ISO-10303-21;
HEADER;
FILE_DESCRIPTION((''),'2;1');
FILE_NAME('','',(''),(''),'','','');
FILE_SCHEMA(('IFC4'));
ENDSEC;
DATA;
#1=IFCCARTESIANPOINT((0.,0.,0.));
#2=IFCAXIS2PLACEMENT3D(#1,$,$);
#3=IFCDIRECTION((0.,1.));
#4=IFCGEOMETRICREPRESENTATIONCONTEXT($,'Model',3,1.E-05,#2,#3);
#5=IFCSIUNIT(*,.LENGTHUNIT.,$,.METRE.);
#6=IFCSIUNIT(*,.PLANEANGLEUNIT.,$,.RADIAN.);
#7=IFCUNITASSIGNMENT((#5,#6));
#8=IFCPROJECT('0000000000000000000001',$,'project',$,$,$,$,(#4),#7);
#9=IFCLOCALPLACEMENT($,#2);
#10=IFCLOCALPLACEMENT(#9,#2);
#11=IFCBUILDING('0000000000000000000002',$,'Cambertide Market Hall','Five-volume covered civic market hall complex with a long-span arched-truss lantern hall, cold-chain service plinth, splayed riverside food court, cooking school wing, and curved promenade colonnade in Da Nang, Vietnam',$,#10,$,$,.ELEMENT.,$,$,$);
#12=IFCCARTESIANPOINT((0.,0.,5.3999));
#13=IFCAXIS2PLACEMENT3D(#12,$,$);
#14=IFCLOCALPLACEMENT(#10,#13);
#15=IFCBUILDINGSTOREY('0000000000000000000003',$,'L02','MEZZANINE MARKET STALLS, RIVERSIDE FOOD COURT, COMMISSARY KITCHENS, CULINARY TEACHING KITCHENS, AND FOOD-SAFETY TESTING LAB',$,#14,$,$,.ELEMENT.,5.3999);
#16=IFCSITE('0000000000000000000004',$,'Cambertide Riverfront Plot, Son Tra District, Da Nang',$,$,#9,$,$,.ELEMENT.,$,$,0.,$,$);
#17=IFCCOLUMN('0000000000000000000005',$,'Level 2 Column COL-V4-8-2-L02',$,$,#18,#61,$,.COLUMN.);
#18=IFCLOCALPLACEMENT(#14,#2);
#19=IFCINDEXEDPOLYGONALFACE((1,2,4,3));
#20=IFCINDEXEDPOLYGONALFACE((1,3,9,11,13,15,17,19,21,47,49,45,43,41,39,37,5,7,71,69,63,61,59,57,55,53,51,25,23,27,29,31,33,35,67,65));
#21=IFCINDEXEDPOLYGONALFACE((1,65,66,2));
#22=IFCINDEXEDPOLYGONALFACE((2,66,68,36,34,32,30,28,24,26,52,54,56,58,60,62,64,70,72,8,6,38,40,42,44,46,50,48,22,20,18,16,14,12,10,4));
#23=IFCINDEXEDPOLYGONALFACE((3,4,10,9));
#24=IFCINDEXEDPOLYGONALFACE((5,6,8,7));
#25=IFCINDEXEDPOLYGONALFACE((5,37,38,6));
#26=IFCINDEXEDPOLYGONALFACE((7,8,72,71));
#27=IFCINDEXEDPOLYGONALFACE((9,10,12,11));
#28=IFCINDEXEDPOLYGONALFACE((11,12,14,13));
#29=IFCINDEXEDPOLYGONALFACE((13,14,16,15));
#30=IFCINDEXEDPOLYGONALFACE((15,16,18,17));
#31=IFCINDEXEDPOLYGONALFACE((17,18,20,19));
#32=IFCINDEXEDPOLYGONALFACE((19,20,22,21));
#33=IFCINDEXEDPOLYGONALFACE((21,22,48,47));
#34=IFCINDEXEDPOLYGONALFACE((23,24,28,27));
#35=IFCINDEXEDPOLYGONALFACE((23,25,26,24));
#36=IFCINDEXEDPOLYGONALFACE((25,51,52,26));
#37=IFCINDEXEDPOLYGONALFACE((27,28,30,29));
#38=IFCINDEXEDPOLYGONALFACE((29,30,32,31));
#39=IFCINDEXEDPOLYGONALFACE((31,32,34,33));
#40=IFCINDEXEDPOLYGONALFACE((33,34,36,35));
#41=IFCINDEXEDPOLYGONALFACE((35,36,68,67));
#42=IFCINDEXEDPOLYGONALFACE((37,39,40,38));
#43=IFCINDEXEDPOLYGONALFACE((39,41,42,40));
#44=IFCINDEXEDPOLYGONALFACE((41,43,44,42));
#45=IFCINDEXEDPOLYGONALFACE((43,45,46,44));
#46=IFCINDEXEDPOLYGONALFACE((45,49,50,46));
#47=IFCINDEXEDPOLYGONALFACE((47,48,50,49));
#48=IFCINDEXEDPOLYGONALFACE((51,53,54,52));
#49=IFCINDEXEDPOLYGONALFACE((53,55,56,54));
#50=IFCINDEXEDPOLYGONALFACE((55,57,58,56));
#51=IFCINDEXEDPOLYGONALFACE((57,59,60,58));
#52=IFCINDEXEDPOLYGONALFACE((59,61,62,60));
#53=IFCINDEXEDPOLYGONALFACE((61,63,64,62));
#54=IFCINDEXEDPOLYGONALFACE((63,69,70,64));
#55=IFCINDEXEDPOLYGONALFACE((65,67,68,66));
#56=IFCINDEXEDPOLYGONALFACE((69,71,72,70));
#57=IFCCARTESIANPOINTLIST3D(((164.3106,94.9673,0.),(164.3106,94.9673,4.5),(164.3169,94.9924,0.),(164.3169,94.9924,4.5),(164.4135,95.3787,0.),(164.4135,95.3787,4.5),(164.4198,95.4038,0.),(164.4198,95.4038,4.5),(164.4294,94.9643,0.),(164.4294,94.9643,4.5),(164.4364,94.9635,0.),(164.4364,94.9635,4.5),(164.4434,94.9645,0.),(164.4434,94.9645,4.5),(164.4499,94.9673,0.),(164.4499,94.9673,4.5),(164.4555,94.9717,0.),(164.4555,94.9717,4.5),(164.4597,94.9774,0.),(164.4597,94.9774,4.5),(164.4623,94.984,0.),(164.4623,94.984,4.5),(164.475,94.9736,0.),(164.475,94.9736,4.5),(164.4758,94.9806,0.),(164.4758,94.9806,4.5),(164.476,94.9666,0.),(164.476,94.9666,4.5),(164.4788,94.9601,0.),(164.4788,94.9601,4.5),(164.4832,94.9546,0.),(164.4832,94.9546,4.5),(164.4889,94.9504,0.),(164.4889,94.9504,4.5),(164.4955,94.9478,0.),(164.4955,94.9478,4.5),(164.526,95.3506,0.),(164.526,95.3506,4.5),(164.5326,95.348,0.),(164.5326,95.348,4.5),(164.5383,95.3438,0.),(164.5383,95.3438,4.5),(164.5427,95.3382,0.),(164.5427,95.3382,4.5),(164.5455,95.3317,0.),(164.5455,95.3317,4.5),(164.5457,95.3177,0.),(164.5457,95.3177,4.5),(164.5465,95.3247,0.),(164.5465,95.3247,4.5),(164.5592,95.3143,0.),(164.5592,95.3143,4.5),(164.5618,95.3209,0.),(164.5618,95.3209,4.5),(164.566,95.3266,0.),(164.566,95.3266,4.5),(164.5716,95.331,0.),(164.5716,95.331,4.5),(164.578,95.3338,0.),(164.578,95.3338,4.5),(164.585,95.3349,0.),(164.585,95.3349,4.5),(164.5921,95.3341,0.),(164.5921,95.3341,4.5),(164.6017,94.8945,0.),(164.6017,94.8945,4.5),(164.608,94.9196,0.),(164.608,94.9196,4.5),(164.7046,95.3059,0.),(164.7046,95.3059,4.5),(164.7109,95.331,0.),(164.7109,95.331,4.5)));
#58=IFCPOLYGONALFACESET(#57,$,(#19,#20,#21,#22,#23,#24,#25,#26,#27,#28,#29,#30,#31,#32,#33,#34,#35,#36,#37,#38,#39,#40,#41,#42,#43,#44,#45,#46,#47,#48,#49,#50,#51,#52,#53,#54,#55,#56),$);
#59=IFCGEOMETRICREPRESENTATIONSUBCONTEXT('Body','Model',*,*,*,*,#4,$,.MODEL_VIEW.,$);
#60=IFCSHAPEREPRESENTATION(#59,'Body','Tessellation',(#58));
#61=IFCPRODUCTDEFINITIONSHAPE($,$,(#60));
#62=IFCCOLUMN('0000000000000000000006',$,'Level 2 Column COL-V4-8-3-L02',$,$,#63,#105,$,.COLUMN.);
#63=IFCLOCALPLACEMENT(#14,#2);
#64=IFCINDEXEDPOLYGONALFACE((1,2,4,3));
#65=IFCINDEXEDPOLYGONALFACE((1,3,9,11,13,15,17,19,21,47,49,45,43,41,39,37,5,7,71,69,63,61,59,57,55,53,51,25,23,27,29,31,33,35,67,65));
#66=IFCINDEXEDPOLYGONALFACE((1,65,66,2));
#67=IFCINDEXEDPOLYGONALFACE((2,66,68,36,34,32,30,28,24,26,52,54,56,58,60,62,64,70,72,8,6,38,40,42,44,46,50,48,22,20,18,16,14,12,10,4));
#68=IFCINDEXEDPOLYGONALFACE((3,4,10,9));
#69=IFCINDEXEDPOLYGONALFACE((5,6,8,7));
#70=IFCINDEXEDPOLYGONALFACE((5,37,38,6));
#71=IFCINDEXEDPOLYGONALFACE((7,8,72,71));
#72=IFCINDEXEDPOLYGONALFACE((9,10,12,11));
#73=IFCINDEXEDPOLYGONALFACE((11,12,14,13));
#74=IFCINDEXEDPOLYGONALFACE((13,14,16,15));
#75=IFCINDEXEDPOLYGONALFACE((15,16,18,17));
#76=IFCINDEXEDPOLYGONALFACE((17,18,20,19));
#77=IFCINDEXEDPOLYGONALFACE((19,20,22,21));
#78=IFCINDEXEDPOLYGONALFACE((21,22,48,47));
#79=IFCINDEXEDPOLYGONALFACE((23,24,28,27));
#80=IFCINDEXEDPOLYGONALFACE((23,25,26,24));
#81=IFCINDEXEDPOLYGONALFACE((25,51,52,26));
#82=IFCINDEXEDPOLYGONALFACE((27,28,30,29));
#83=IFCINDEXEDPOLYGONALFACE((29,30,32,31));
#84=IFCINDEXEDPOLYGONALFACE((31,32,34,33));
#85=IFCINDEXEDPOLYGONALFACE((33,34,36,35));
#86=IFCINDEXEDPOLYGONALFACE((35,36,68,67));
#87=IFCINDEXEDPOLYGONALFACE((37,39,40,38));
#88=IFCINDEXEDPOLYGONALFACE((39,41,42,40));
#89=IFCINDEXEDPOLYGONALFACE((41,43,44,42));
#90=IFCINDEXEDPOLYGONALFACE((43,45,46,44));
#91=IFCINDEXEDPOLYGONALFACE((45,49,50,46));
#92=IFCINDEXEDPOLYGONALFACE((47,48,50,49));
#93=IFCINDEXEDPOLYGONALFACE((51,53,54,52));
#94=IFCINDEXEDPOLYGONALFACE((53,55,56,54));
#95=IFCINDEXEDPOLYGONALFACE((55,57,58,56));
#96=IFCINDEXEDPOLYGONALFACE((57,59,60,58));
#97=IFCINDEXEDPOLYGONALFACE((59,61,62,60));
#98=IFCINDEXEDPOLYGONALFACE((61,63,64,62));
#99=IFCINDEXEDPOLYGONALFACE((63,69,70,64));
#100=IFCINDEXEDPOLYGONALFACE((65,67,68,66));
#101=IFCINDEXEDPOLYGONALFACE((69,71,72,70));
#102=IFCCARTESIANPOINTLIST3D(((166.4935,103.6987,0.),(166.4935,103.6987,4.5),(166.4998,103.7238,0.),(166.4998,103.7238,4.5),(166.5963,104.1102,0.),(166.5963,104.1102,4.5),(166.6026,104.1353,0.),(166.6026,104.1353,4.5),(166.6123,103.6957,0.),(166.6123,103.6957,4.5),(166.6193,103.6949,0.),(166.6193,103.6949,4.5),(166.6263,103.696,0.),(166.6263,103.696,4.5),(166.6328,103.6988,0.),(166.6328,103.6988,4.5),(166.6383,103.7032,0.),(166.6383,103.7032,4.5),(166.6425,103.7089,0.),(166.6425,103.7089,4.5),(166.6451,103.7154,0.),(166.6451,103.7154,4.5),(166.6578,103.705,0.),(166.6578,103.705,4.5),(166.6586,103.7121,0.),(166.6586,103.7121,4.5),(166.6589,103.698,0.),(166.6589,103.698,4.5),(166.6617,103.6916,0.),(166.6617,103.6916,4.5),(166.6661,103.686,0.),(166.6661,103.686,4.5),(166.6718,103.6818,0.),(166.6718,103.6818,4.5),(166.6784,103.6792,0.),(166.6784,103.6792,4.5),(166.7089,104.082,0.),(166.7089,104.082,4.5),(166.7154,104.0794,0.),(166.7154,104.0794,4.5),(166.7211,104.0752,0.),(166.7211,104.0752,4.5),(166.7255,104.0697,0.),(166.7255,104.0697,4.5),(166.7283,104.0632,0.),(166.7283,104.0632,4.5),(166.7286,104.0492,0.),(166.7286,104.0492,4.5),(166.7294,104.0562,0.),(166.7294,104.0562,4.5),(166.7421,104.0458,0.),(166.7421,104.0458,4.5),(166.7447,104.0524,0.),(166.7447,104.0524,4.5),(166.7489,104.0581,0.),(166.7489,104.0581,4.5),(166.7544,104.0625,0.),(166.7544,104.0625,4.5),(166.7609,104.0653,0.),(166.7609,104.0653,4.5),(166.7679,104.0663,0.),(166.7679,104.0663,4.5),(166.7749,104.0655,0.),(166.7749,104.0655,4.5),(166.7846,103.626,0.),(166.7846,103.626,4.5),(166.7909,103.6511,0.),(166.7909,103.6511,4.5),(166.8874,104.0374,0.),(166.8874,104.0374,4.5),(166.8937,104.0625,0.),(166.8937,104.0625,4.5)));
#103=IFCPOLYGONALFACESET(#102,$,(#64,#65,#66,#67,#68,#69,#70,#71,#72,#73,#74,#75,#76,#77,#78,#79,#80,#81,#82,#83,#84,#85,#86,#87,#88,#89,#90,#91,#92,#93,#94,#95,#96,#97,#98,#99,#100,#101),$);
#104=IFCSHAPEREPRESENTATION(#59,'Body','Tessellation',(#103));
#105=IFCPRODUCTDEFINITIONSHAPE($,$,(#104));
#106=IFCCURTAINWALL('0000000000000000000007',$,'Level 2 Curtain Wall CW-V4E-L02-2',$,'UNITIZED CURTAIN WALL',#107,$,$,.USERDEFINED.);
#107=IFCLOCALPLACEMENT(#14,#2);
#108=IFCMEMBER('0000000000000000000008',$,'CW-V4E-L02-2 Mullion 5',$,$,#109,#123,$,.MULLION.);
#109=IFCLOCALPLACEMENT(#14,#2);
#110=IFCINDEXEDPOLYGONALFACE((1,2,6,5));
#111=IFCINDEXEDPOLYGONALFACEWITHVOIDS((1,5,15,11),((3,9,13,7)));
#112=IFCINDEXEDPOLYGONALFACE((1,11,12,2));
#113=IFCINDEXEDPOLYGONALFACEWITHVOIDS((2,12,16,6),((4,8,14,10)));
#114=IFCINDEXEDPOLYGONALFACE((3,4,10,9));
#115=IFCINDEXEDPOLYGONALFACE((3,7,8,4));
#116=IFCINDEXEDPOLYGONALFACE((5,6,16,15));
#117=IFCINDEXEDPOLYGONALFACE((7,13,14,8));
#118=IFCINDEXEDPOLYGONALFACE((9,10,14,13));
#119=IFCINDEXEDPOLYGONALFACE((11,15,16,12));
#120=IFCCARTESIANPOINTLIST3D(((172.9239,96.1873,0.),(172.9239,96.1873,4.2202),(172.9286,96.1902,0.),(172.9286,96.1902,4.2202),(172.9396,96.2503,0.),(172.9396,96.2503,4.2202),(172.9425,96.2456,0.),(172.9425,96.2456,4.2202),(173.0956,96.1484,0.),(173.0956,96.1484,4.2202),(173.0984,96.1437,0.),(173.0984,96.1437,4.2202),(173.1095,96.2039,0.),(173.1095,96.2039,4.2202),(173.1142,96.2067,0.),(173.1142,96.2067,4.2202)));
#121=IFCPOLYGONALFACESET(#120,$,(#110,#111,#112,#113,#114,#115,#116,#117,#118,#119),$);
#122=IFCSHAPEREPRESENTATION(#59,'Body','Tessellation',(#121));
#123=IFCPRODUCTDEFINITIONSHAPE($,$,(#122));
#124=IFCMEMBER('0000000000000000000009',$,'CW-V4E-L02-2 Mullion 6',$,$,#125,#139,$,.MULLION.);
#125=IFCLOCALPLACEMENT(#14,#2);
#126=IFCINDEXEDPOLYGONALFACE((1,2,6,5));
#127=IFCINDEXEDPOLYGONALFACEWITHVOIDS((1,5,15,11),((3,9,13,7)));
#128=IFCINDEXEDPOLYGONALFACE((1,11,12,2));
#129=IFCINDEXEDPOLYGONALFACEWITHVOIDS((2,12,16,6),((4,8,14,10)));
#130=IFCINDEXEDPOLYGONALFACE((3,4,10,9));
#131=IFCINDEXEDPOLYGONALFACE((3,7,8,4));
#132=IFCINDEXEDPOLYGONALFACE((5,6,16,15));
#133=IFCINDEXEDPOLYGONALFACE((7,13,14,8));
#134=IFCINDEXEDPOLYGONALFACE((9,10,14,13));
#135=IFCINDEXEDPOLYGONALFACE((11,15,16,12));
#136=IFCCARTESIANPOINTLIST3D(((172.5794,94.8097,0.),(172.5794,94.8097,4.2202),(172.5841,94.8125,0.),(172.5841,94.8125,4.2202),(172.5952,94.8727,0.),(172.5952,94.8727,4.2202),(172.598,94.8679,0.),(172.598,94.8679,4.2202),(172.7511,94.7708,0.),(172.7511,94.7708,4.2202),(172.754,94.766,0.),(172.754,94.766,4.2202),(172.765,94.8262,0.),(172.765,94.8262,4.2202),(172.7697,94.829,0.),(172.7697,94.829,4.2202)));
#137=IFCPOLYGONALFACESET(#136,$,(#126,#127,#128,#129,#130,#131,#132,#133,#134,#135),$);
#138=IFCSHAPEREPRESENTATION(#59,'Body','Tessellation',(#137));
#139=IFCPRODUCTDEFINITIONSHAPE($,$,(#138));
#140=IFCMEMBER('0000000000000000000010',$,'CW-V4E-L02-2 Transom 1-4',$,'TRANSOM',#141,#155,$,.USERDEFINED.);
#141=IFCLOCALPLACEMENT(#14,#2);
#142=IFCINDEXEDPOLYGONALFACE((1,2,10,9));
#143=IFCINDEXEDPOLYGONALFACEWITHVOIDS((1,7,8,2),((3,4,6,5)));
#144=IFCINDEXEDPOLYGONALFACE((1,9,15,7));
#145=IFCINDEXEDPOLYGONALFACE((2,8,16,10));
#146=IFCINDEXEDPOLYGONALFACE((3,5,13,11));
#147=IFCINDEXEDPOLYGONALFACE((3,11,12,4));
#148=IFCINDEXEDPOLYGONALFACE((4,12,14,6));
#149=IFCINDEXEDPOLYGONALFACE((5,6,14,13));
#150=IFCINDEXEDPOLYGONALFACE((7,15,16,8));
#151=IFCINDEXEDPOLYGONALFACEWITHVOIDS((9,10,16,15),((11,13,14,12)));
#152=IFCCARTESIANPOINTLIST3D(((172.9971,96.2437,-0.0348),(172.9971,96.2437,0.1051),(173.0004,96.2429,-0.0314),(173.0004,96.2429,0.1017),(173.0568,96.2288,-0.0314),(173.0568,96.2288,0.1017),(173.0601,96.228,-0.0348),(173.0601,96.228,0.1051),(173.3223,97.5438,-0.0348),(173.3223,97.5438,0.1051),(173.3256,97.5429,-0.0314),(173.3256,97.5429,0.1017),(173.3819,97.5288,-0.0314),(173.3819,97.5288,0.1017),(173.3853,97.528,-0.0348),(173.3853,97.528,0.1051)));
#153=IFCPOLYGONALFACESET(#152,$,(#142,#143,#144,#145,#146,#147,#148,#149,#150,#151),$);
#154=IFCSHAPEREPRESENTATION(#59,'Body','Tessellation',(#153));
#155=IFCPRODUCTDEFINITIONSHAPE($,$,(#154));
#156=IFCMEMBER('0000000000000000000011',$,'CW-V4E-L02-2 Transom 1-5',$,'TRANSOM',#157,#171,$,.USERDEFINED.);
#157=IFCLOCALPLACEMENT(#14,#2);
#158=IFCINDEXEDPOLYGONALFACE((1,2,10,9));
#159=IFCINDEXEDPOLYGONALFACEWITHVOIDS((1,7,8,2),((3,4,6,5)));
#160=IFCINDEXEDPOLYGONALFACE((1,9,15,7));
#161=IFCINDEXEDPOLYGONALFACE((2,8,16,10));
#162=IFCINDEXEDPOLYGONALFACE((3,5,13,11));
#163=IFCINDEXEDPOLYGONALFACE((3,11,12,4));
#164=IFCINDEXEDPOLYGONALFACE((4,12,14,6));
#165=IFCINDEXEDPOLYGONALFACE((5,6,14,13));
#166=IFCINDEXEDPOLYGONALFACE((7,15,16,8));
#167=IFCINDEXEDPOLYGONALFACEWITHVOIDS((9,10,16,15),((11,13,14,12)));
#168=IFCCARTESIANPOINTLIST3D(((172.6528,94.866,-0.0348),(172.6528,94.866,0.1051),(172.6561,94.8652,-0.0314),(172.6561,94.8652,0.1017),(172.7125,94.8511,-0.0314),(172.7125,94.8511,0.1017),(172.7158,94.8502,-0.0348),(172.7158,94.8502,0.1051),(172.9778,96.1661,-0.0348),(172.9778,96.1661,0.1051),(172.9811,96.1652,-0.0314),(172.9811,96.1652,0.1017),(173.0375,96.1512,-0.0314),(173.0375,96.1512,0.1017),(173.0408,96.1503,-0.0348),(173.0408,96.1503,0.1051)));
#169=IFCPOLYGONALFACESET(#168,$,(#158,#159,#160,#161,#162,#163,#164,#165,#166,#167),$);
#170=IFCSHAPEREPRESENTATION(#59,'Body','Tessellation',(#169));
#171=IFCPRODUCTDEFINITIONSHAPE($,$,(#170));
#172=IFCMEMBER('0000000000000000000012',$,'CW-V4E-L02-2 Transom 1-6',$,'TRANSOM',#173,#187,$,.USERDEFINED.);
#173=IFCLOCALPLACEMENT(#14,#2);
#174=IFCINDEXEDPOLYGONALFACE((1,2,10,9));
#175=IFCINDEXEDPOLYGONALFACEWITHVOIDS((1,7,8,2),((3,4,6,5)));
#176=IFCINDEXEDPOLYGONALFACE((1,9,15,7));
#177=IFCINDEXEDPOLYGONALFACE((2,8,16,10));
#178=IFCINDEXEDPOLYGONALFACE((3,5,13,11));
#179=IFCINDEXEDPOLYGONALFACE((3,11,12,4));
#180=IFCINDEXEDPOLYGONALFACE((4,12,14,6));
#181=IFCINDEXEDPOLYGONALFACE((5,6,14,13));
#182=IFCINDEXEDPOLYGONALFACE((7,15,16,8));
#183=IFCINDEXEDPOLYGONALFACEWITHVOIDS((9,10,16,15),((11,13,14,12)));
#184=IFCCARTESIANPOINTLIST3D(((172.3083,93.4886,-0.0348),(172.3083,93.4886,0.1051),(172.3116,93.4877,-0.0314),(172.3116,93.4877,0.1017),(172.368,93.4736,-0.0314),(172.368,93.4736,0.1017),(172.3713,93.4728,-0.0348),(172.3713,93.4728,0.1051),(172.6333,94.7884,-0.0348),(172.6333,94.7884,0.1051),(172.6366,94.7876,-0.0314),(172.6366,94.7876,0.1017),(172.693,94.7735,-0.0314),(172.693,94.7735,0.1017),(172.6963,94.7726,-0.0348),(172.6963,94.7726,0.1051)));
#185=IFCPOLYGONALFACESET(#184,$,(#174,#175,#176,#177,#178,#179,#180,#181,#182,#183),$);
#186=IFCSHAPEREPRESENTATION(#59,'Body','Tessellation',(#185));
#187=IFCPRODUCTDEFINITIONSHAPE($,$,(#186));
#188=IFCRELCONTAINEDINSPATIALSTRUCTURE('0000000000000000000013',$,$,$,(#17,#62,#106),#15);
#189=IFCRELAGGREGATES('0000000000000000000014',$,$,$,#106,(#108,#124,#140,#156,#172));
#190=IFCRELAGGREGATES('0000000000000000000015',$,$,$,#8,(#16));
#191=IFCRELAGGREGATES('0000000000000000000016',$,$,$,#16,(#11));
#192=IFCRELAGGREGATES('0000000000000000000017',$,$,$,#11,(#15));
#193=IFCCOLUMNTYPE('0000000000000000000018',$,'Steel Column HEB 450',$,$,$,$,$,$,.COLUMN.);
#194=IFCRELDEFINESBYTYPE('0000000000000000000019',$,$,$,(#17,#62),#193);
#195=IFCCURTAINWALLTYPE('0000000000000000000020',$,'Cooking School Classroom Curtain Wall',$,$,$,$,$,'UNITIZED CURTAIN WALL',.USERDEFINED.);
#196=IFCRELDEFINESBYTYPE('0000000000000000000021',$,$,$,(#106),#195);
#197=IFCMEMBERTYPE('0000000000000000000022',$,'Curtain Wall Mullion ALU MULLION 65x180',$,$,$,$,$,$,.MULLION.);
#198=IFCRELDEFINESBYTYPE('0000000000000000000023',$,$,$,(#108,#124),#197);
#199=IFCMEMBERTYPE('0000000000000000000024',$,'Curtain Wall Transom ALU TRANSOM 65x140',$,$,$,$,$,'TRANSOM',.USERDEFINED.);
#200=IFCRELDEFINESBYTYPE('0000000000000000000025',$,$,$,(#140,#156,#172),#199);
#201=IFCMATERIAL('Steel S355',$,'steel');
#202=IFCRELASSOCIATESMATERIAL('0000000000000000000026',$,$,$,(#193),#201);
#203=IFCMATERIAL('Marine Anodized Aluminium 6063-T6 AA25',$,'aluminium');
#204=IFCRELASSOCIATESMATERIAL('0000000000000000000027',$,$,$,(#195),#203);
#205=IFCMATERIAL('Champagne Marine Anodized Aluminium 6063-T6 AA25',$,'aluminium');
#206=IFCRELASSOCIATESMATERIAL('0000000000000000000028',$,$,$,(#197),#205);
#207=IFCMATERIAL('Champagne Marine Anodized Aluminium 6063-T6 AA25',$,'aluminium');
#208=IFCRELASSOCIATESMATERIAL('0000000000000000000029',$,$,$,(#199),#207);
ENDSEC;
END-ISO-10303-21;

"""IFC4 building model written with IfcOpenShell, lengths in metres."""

from ifc_helpers import new_model, si_unit, direction, frame, origin, origin_2d, place, context, subcontext, project, spatial, hollow_rectangle, i_section, extrude, material, material_profile, profile_set, type_object, element, aggregate, save


model = new_model("IFC4")

# Units and contexts
model_context = context("Model", 3, precision=1e-05, world=origin(), true_north=direction((0.0, 1.0)))
body_context = subcontext(model_context, "Body", "Model", "MODEL_VIEW")
ifc_project = project(units=[si_unit("LENGTHUNIT", "METRE"), si_unit("PLANEANGLEUNIT", "RADIAN")], contexts=[model_context])

# Site, building, storey
site_placement = place(None, origin())
site = spatial("IfcSite", under=ifc_project, at=site_placement, Name="Cambertide Riverfront Plot, Son Tra District, Da Nang", CompositionType="ELEMENT", RefElevation=0.0)
building_placement = place(site_placement, origin())
building = spatial("IfcBuilding", under=site, at=building_placement, Name="Cambertide Market Hall", Description="Five-volume covered civic market hall complex with a long-span arched-truss lantern hall, cold-chain service plinth, splayed riverside food court, cooking school wing, and curved promenade colonnade in Da Nang, Vietnam", CompositionType="ELEMENT")
storey_placement = place(building_placement, frame((0.0, 0.0, 5.3999)))
storey = spatial("IfcBuildingStorey", under=building, at=storey_placement, Name="L02", Description="MEZZANINE MARKET STALLS, RIVERSIDE FOOD COURT, COMMISSARY KITCHENS, CULINARY TEACHING KITCHENS, AND FOOD-SAFETY TESTING LAB", CompositionType="ELEMENT", Elevation=5.3999)

# Columns
ifc_material_1 = material(Name="Steel S355", Category="steel")
ifc_material_profile_1 = material_profile(ifc_material_1, i_section(OverallWidth=0.3, OverallDepth=0.45, WebThickness=0.0139, FlangeThickness=0.0259, FilletRadius=0.0271, at=origin_2d()), Name="HEB 450")
ifc_profile_set_1 = profile_set([ifc_material_profile_1], Name="Steel S355")
column_type = type_object("IfcColumnType", Name="Steel Column HEB 450", PredefinedType="COLUMN", material=ifc_profile_set_1)
for number, where, z_axis, x_axis, name in (
    (1, (164.5107, 95.1492, 0.0), (0.0, 0.0, 1.0), (0.970143, -0.242536, 0.0), "Level 2 Column COL-V4-8-2-L02"),
    (2, (166.6936, 103.8806, 0.0), (0.0, 0.0, 1.0), (0.970143, -0.242536, 0.0), "Level 2 Column COL-V4-8-3-L02"),
):
    element("IfcColumn", number, at=place(storey_placement, frame(where, z_axis=z_axis, x_axis=x_axis)), inside=storey, type_object=column_type, Name=name, PredefinedType="COLUMN", context=body_context, shape_type="SweptSolid", body=[
        extrude(i_section(OverallWidth=0.3, OverallDepth=0.45, WebThickness=0.0139, FlangeThickness=0.0259, FilletRadius=0.0271, at=origin_2d()), origin(), (0.0, 0.0, 1.0), 4.5),
    ])

# Curtain wall, members
ifc_material_2 = material(Name="Marine Anodized Aluminium 6063-T6 AA25", Category="aluminium")
curtain_wall_type = type_object("IfcCurtainWallType", Name="Cooking School Classroom Curtain Wall", ElementType="UNITIZED CURTAIN WALL", PredefinedType="USERDEFINED", material=ifc_material_2)
curtain_wall_placement = place(storey_placement, origin())
curtain_wall = element("IfcCurtainWall", 3, at=curtain_wall_placement, inside=storey, type_object=curtain_wall_type, Name="Level 2 Curtain Wall CW-V4E-L02-2", ObjectType="UNITIZED CURTAIN WALL", PredefinedType="USERDEFINED")
ifc_material_3 = material(Name="Champagne Marine Anodized Aluminium 6063-T6 AA25", Category="aluminium")
ifc_material_profile_2 = material_profile(ifc_material_3, hollow_rectangle(XDim=0.0649, YDim=0.1799, WallThickness=0.0039, at=origin_2d()), Name="ALU MULLION 65x180")
ifc_profile_set_2 = profile_set([ifc_material_profile_2], Name="Champagne Marine Anodized Aluminium 6063-T6 AA25")
member_type_1 = type_object("IfcMemberType", Name="Curtain Wall Mullion ALU MULLION 65x180", PredefinedType="MULLION", material=ifc_profile_set_2)
member_1_placement = place(storey_placement, frame((173.019, 96.197, 0.0), z_axis=(0.0, 0.0, 1.0), x_axis=(-0.242536, -0.970142, 0.0)))
member_1 = element("IfcMember", 4, at=member_1_placement, type_object=member_type_1, Name="CW-V4E-L02-2 Mullion 5", PredefinedType="MULLION", context=body_context, shape_type="SweptSolid", body=[
    extrude(hollow_rectangle(XDim=0.0649, YDim=0.1799, WallThickness=0.0039, at=origin_2d()), origin(), (0.0, 0.0, 1.0), 4.2202),
])
member_2_placement = place(storey_placement, frame((172.6746, 94.8193, 0.0), z_axis=(0.0, 0.0, 1.0), x_axis=(-0.242536, -0.970142, 0.0)))
member_2 = element("IfcMember", 5, at=member_2_placement, type_object=member_type_1, Name="CW-V4E-L02-2 Mullion 6", PredefinedType="MULLION", context=body_context, shape_type="SweptSolid", body=[
    extrude(hollow_rectangle(XDim=0.0649, YDim=0.1799, WallThickness=0.0039, at=origin_2d()), origin(), (0.0, 0.0, 1.0), 4.2202),
])
ifc_material_4 = material(Name="Champagne Marine Anodized Aluminium 6063-T6 AA25", Category="aluminium")
ifc_material_profile_3 = material_profile(ifc_material_4, hollow_rectangle(XDim=0.0649, YDim=0.1399, WallThickness=0.0034, at=origin_2d()), Name="ALU TRANSOM 65x140")
ifc_profile_set_3 = profile_set([ifc_material_profile_3], Name="Champagne Marine Anodized Aluminium 6063-T6 AA25")
member_type_2 = type_object("IfcMemberType", Name="Curtain Wall Transom ALU TRANSOM 65x140", ElementType="TRANSOM", PredefinedType="USERDEFINED", material=ifc_profile_set_3)
member_3_placement = place(storey_placement, frame((173.3538, 97.5359, 0.0352), z_axis=(-0.242664, -0.97011, 0.0), x_axis=(0.97011, -0.242664, 0.0)))
member_3 = element("IfcMember", 6, at=member_3_placement, type_object=member_type_2, Name="CW-V4E-L02-2 Transom 1-4", ObjectType="TRANSOM", PredefinedType="USERDEFINED", context=body_context, shape_type="SweptSolid", body=[
    extrude(hollow_rectangle(XDim=0.0649, YDim=0.1399, WallThickness=0.0034, at=origin_2d()), origin(), (0.0, 0.0, 1.0), 1.3401),
])
member_4_placement = place(storey_placement, frame((173.0093, 96.1582, 0.0352), z_axis=(-0.242493, -0.970153, 0.0), x_axis=(0.970153, -0.242493, 0.0)))
member_4 = element("IfcMember", 7, at=member_4_placement, type_object=member_type_2, Name="CW-V4E-L02-2 Transom 1-5", ObjectType="TRANSOM", PredefinedType="USERDEFINED", context=body_context, shape_type="SweptSolid", body=[
    extrude(hollow_rectangle(XDim=0.0649, YDim=0.1399, WallThickness=0.0034, at=origin_2d()), origin(), (0.0, 0.0, 1.0), 1.3401),
])
member_5_placement = place(storey_placement, frame((172.6648, 94.7805, 0.0352), z_axis=(-0.242536, -0.970143, 0.0), x_axis=(0.970143, -0.242536, 0.0)))
member_5 = element("IfcMember", 8, at=member_5_placement, type_object=member_type_2, Name="CW-V4E-L02-2 Transom 1-6", ObjectType="TRANSOM", PredefinedType="USERDEFINED", context=body_context, shape_type="SweptSolid", body=[
    extrude(hollow_rectangle(XDim=0.0649, YDim=0.1399, WallThickness=0.0034, at=origin_2d()), origin(), (0.0, 0.0, 1.0), 1.3398),
])

aggregate(curtain_wall, [member_1, member_2, member_3, member_4, member_5])

save(model, "model.ifc")
